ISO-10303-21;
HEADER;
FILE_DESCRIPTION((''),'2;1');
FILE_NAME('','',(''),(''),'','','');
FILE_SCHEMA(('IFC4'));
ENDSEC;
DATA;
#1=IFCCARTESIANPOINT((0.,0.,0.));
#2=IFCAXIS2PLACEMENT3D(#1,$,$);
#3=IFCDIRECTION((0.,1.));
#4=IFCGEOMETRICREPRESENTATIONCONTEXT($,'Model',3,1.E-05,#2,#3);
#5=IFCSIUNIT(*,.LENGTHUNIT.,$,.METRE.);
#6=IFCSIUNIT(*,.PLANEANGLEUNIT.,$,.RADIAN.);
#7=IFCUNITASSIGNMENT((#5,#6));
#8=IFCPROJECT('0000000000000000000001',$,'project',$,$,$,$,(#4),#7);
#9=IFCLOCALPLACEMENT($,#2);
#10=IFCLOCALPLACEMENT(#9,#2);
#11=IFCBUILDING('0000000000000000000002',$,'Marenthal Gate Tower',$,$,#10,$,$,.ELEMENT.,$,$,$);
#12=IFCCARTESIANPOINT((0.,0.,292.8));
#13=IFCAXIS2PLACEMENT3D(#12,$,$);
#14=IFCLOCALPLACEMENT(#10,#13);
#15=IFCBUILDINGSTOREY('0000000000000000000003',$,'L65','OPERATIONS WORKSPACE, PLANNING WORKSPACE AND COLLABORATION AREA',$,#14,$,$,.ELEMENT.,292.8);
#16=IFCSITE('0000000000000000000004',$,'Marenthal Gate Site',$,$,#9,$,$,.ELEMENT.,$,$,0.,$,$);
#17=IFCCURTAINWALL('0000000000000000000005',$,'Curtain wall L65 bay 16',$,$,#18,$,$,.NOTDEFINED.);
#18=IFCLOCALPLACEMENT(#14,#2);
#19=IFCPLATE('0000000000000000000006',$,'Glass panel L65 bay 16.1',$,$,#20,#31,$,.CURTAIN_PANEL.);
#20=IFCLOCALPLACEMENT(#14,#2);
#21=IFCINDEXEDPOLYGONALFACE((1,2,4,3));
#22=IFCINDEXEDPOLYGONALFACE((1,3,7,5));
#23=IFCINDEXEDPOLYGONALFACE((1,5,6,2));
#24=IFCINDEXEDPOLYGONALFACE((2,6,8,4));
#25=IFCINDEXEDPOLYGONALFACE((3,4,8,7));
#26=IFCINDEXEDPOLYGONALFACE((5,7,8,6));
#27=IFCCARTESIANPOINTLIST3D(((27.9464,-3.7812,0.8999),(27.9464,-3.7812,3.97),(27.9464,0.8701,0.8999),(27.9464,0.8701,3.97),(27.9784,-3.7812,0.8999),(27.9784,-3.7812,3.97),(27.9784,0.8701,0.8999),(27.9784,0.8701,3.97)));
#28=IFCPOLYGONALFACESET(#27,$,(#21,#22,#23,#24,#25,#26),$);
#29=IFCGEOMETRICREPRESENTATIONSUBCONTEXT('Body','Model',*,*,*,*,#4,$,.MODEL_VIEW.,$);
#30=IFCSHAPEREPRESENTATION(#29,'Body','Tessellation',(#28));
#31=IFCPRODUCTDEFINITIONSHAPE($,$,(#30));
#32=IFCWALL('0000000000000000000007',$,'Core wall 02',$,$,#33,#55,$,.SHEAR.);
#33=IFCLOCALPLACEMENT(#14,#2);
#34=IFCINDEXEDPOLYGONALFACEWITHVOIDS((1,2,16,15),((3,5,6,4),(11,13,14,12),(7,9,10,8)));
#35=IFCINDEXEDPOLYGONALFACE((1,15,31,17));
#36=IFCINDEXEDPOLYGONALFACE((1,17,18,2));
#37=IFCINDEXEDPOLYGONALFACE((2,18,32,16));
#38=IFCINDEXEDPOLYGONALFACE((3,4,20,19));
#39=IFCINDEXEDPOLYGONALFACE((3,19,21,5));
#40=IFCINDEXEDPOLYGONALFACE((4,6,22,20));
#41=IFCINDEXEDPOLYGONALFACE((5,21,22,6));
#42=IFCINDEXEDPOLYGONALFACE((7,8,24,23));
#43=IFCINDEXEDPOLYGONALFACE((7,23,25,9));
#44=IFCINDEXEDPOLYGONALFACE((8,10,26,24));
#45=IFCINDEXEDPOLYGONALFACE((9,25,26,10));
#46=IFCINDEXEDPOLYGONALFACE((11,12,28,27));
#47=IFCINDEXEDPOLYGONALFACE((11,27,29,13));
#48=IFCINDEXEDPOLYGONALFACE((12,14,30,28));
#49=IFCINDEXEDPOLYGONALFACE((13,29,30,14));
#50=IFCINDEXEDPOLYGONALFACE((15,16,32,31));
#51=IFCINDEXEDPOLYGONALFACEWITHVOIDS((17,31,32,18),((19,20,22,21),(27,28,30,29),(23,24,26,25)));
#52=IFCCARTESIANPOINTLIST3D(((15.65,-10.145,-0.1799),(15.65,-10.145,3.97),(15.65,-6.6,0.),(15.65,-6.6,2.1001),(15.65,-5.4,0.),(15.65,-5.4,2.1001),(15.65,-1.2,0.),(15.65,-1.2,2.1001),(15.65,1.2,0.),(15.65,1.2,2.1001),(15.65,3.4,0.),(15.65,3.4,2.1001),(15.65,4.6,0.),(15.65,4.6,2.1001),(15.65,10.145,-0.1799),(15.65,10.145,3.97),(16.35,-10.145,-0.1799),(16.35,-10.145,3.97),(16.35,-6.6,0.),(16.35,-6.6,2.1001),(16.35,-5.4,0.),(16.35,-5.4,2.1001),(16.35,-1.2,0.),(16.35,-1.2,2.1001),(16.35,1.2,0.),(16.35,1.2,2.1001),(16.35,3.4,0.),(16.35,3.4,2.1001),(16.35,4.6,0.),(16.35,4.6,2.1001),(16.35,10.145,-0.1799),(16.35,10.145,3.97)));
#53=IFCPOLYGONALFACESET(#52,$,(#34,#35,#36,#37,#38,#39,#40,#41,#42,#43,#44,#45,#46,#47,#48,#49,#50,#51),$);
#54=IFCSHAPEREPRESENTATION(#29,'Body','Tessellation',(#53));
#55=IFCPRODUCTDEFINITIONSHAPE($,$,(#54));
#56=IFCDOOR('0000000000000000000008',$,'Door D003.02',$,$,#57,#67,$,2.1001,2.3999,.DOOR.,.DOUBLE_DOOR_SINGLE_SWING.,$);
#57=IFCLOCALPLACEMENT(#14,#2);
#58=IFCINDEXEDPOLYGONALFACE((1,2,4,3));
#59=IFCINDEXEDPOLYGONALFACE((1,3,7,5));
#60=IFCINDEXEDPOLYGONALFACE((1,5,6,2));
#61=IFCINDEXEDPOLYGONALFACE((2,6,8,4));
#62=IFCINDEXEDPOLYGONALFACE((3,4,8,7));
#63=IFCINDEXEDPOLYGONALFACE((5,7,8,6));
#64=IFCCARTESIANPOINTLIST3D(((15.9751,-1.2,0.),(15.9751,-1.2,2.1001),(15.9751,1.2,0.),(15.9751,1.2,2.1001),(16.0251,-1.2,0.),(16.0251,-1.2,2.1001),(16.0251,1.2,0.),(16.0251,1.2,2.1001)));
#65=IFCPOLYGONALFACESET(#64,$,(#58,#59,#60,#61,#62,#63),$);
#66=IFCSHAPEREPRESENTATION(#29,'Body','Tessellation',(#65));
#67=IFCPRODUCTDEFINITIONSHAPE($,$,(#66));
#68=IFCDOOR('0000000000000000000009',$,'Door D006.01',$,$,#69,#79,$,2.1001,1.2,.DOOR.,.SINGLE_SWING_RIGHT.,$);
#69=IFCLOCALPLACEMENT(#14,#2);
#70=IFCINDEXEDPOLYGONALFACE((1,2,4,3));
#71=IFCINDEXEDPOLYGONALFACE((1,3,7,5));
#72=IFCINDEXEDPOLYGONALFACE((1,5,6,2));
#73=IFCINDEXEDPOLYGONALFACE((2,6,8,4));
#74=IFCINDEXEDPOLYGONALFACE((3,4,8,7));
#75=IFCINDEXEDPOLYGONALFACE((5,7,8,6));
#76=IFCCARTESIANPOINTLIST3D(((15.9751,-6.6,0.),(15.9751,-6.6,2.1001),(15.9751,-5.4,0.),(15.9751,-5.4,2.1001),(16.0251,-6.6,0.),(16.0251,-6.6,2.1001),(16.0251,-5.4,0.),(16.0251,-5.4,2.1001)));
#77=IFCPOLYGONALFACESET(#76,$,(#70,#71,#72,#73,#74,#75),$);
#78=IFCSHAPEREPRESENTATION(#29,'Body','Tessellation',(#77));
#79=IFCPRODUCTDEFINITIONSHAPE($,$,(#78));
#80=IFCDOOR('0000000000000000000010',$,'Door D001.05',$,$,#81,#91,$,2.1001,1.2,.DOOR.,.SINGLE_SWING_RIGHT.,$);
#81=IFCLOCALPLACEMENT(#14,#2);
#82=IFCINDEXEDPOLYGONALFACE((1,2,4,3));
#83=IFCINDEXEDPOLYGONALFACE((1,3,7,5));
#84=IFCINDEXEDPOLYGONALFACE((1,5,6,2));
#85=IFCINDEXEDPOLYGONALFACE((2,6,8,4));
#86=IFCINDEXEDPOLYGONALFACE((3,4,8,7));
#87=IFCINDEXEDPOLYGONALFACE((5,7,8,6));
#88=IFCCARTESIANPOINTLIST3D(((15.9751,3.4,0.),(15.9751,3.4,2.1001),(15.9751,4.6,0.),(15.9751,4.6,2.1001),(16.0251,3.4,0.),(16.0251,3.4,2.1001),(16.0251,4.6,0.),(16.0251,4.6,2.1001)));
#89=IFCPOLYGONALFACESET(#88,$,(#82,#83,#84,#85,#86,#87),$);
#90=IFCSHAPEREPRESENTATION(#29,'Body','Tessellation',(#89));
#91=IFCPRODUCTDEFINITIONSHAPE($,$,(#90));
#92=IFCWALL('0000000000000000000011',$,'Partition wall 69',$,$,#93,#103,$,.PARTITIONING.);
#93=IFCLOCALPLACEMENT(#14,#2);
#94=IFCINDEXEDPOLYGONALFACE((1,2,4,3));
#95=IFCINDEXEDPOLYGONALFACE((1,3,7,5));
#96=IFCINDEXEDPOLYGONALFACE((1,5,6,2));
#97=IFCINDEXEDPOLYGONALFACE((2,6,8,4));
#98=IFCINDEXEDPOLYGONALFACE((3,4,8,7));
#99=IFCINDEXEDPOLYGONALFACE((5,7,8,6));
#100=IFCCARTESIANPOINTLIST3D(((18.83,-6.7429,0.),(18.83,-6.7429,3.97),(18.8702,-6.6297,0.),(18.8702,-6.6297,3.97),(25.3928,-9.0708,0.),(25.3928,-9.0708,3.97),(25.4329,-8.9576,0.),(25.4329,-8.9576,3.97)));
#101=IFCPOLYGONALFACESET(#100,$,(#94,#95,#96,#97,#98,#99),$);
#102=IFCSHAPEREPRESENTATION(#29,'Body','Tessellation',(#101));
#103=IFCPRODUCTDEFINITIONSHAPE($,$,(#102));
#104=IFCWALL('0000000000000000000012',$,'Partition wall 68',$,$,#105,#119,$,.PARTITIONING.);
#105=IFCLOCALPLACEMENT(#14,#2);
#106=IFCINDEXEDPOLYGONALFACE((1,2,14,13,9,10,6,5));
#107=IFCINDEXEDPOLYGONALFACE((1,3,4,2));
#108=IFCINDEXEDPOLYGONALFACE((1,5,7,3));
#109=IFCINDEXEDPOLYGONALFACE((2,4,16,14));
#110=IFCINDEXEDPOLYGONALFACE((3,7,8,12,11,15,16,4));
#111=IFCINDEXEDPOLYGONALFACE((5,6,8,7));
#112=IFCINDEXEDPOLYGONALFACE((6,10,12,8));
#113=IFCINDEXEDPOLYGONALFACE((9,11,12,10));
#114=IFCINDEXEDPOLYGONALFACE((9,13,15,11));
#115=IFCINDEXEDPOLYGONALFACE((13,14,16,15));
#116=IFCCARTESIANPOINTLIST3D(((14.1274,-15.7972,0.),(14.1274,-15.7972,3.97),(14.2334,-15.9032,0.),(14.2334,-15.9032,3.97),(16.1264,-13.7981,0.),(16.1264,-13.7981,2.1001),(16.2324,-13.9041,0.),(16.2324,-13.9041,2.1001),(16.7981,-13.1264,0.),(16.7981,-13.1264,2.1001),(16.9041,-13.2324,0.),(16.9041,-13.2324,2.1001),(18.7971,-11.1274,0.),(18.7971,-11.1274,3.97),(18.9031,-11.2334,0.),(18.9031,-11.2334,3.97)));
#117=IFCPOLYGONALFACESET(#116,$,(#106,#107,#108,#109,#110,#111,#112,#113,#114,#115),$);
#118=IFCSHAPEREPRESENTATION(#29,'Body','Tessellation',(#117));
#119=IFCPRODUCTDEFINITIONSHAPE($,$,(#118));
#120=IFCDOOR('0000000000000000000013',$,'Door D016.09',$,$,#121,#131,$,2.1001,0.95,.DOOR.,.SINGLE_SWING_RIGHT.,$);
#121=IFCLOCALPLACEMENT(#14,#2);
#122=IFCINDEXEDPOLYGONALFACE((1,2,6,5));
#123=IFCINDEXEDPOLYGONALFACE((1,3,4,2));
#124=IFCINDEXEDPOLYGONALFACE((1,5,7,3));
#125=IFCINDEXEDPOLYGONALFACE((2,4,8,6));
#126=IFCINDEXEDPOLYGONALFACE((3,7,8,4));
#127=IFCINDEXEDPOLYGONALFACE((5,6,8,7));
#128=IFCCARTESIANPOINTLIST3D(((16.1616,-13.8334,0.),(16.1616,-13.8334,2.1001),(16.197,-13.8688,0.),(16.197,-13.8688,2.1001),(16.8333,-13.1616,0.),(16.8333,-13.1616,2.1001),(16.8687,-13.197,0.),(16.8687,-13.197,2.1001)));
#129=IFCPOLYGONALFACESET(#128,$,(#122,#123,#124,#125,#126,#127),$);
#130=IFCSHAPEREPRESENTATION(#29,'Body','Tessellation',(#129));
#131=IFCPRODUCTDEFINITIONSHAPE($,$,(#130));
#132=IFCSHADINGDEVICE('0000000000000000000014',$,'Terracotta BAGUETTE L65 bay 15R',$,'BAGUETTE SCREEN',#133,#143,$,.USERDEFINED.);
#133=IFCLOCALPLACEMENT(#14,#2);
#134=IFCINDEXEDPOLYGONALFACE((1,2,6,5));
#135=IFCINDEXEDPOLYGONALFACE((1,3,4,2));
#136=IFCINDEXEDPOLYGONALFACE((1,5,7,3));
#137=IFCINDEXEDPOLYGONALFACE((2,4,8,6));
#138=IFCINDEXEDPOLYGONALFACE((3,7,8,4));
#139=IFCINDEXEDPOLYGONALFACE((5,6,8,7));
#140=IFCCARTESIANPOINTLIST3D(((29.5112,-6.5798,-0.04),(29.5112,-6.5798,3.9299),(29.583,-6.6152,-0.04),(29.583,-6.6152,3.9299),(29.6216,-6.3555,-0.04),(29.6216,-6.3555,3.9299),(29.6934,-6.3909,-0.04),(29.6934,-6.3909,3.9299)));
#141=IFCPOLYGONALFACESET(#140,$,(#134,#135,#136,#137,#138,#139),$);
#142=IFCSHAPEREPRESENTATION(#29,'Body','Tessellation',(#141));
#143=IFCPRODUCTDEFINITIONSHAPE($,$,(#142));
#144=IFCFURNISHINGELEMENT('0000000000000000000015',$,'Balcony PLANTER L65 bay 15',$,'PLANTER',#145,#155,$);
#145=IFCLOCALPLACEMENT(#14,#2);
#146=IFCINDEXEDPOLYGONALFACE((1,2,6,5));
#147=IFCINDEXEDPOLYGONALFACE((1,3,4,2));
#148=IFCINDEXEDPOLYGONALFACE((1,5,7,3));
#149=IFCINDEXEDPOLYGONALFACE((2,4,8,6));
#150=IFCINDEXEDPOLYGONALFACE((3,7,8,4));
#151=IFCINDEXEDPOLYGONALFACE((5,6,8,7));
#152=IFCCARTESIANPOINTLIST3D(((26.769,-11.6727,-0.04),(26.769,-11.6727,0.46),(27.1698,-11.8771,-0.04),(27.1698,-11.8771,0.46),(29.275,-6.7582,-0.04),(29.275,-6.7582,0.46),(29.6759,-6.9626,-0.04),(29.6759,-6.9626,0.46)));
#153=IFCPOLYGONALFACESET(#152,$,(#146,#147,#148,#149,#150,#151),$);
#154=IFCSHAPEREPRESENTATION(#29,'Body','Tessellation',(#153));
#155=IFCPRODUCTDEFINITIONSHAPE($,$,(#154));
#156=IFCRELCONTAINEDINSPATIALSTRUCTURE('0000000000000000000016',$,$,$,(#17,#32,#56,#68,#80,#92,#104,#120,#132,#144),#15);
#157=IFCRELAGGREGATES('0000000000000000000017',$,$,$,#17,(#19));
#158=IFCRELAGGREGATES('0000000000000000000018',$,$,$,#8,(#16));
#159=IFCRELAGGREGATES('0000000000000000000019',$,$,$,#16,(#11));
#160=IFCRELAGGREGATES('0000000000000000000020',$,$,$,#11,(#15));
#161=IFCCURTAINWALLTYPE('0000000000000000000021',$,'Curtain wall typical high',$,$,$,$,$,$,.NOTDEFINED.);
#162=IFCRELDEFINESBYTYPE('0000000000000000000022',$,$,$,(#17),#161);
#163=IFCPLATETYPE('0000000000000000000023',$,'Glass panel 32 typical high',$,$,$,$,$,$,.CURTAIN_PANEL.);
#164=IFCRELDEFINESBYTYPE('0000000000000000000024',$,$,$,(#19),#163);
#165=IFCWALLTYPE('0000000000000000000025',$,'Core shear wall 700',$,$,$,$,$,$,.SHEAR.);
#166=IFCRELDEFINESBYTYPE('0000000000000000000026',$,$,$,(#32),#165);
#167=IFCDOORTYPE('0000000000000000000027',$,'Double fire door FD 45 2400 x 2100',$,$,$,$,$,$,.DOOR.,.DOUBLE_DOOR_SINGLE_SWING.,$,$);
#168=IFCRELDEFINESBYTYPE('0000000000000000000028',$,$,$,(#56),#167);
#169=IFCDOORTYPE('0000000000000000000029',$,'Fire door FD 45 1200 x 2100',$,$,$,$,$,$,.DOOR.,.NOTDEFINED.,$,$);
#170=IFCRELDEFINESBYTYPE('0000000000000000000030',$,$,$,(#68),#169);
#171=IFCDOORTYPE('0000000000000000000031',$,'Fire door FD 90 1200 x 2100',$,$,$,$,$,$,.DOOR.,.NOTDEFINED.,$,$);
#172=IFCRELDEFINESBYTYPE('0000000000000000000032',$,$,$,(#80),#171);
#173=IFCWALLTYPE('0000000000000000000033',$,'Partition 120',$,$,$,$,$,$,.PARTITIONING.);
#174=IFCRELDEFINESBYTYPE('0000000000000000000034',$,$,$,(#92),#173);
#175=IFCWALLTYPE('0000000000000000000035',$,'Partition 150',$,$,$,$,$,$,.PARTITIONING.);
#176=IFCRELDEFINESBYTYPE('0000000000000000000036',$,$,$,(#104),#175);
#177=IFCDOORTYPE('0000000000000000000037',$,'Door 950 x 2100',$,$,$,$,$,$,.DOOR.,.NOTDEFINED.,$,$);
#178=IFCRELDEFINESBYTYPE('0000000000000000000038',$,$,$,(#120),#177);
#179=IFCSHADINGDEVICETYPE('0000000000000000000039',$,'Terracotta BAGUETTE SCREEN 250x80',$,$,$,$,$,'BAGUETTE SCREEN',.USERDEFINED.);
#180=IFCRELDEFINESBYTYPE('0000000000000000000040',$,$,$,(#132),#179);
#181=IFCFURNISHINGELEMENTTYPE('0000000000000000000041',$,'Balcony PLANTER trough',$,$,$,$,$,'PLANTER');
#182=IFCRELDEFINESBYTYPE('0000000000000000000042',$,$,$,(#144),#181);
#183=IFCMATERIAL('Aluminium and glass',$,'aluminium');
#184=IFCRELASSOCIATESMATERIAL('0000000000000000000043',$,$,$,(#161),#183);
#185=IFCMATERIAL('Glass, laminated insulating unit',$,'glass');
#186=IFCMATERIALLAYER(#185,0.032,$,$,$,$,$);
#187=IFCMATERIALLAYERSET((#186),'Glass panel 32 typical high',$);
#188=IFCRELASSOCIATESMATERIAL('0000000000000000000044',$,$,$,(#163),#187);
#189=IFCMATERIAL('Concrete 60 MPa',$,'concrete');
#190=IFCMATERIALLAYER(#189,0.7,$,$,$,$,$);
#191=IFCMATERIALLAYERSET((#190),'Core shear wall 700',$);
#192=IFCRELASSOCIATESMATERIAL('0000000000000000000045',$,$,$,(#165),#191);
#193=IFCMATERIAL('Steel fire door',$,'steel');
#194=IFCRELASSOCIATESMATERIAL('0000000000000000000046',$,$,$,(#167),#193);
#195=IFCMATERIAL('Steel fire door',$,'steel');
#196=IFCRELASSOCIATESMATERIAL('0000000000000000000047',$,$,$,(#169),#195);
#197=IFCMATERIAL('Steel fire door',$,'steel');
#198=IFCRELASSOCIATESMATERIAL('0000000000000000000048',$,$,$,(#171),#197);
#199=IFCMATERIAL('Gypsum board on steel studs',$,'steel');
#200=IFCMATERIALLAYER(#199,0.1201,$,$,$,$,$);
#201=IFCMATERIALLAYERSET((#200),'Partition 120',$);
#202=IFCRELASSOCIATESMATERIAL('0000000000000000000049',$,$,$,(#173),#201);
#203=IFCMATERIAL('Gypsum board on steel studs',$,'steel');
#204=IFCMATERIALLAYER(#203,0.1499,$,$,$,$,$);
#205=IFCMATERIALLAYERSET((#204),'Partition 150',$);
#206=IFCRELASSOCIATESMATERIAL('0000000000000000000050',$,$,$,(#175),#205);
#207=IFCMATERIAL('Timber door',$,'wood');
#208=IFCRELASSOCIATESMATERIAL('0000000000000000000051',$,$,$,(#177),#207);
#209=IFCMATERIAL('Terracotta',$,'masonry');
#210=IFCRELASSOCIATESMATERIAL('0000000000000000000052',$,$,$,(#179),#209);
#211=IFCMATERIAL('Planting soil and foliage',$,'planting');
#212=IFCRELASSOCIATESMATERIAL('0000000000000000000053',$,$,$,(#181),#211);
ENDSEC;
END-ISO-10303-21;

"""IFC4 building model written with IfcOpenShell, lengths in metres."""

from ifc_helpers import new_model, si_unit, direction, frame, frame_2d, origin, origin_2d, place, context, subcontext, project, spatial, rectangle, extrude, material, layer, layer_set, material_profile, profile_set, type_object, element, fill, aggregate, save


model = new_model("IFC4")

# Units and contexts
model_context = context("Model", 3, precision=1e-05, world=origin(), true_north=direction((0.0, 1.0)))
body_context = subcontext(model_context, "Body", "Model", "MODEL_VIEW")
ifc_project = project(units=[si_unit("LENGTHUNIT", "METRE"), si_unit("PLANEANGLEUNIT", "RADIAN")], contexts=[model_context])

# Site, building, storey
site_placement = place(None, origin())
site = spatial("IfcSite", under=ifc_project, at=site_placement, Name="Marenthal Gate Site", CompositionType="ELEMENT", RefElevation=0.0)
building_placement = place(site_placement, origin())
building = spatial("IfcBuilding", under=site, at=building_placement, Name="Marenthal Gate Tower", CompositionType="ELEMENT")
storey_placement = place(building_placement, frame((0.0, 0.0, 292.8)))
storey = spatial("IfcBuildingStorey", under=building, at=storey_placement, Name="L65", Description="OPERATIONS WORKSPACE, PLANNING WORKSPACE AND COLLABORATION AREA", CompositionType="ELEMENT", Elevation=292.8)

# Curtain wall
ifc_material_1 = material(Name="Aluminium and glass", Category="aluminium")
curtain_wall_type = type_object("IfcCurtainWallType", Name="Curtain wall typical high", PredefinedType="NOTDEFINED", material=ifc_material_1)
curtain_wall_placement = place(storey_placement, origin())
curtain_wall = element("IfcCurtainWall", 1, at=curtain_wall_placement, inside=storey, type_object=curtain_wall_type, Name="Curtain wall L65 bay 16", PredefinedType="NOTDEFINED")

# Plate
ifc_material_2 = material(Name="Glass, laminated insulating unit", Category="glass")
ifc_layer_1 = layer(ifc_material_2, 0.032)
ifc_layer_set_1 = layer_set([ifc_layer_1], Name="Glass panel 32 typical high")
plate_type = type_object("IfcPlateType", Name="Glass panel 32 typical high", PredefinedType="CURTAIN_PANEL", material=ifc_layer_set_1)
plate_placement = place(storey_placement, frame((27.9624, -1.4556, 0.8999), z_axis=(0.0, 0.0, 1.0), x_axis=(0.0, 1.0, 0.0)))
plate = element("IfcPlate", 2, at=plate_placement, type_object=plate_type, Name="Glass panel L65 bay 16.1", PredefinedType="CURTAIN_PANEL", context=body_context, shape_type="SweptSolid", body=[
    extrude(rectangle(XDim=4.6514, YDim=0.032, at=origin_2d()), origin(), (0.0, 0.0, 1.0), 3.0701),
])
aggregate(curtain_wall, [plate])

# Wall, openings, doors
ifc_material_3 = material(Name="Concrete 60 MPa", Category="concrete")
ifc_layer_2 = layer(ifc_material_3, 0.7)
ifc_layer_set_2 = layer_set([ifc_layer_2], Name="Core shear wall 700")
wall_type_1 = type_object("IfcWallType", Name="Core shear wall 700", PredefinedType="SHEAR", material=ifc_layer_set_2)
wall_1_placement = place(storey_placement, frame((16.0, -10.145, -0.1799), z_axis=(0.0, 0.0, 1.0), x_axis=(0.0, 1.0, 0.0)))
wall_1 = element("IfcWall", 3, at=wall_1_placement, inside=storey, type_object=wall_type_1, Name="Core wall 02", PredefinedType="SHEAR", context=body_context, shape_type="SweptSolid", body=[
    extrude(rectangle(XDim=20.29, YDim=0.7, at=frame_2d((10.145, 0.0))), origin(), (0.0, 0.0, 1.0), 4.1499),
])
opening_1_placement = place(wall_1_placement, frame((8.9451, 0.0, 0.1799)))
opening_1 = element("IfcOpeningElement", 4, at=opening_1_placement, cuts=wall_1, PredefinedType="OPENING", context=body_context, shape_type="SweptSolid", body=[
    extrude(rectangle(XDim=2.3999, YDim=2.1001, at=frame_2d((1.2, 1.05))), frame((0.0, 0.3599, 0.0), z_axis=(0.0, -1.0, 0.0), x_axis=(1.0, 0.0, 0.0)), (0.0, 0.0, 1.0), 0.72),
])
opening_2_placement = place(wall_1_placement, frame((13.5449, 0.0, 0.1799)))
opening_2 = element("IfcOpeningElement", 5, at=opening_2_placement, cuts=wall_1, PredefinedType="OPENING", context=body_context, shape_type="SweptSolid", body=[
    extrude(rectangle(XDim=1.2, YDim=2.1001, at=frame_2d((0.6001, 1.05))), frame((0.0, 0.3599, 0.0), z_axis=(0.0, -1.0, 0.0), x_axis=(1.0, 0.0, 0.0)), (0.0, 0.0, 1.0), 0.72),
])
opening_3_placement = place(wall_1_placement, frame((3.5449, 0.0, 0.1799)))
opening_3 = element("IfcOpeningElement", 6, at=opening_3_placement, cuts=wall_1, PredefinedType="OPENING", context=body_context, shape_type="SweptSolid", body=[
    extrude(rectangle(XDim=1.2, YDim=2.1001, at=frame_2d((0.6001, 1.05))), frame((0.0, 0.3599, 0.0), z_axis=(0.0, -1.0, 0.0), x_axis=(1.0, 0.0, 0.0)), (0.0, 0.0, 1.0), 0.72),
])
ifc_material_4 = material(Name="Steel fire door", Category="steel")
door_type_1 = type_object("IfcDoorType", Name="Double fire door FD 45 2400 x 2100", OperationType="DOUBLE_DOOR_SINGLE_SWING", PredefinedType="DOOR", material=ifc_material_4)
door_1_placement = place(opening_1_placement, origin())
door_1 = element("IfcDoor", 7, at=door_1_placement, inside=storey, type_object=door_type_1, Name="Door D003.02", OperationType="DOUBLE_DOOR_SINGLE_SWING", OverallHeight=2.1001, OverallWidth=2.3999, PredefinedType="DOOR", context=body_context, shape_type="SweptSolid", body=[
    extrude(rectangle(XDim=2.3999, YDim=2.1001, at=frame_2d((1.2, 1.05))), frame((0.0, 0.0249, 0.0), z_axis=(0.0, -1.0, 0.0), x_axis=(1.0, 0.0, 0.0)), (0.0, 0.0, 1.0), 0.05),
])
fill(opening_1, door_1)
ifc_material_5 = material(Name="Steel fire door", Category="steel")
door_type_2 = type_object("IfcDoorType", Name="Fire door FD 45 1200 x 2100", OperationType="NOTDEFINED", PredefinedType="DOOR", material=ifc_material_5)
door_2_placement = place(opening_3_placement, origin())
door_2 = element("IfcDoor", 8, at=door_2_placement, inside=storey, type_object=door_type_2, Name="Door D006.01", OperationType="SINGLE_SWING_RIGHT", OverallHeight=2.1001, OverallWidth=1.2, PredefinedType="DOOR", context=body_context, shape_type="SweptSolid", body=[
    extrude(rectangle(XDim=1.2, YDim=2.1001, at=frame_2d((0.6001, 1.05))), frame((0.0, 0.0249, 0.0), z_axis=(0.0, -1.0, 0.0), x_axis=(1.0, 0.0, 0.0)), (0.0, 0.0, 1.0), 0.05),
])
fill(opening_3, door_2)
ifc_material_6 = material(Name="Steel fire door", Category="steel")
door_type_3 = type_object("IfcDoorType", Name="Fire door FD 90 1200 x 2100", OperationType="NOTDEFINED", PredefinedType="DOOR", material=ifc_material_6)
door_3_placement = place(opening_2_placement, origin())
door_3 = element("IfcDoor", 9, at=door_3_placement, inside=storey, type_object=door_type_3, Name="Door D001.05", OperationType="SINGLE_SWING_RIGHT", OverallHeight=2.1001, OverallWidth=1.2, PredefinedType="DOOR", context=body_context, shape_type="SweptSolid", body=[
    extrude(rectangle(XDim=1.2, YDim=2.1001, at=frame_2d((0.6001, 1.05))), frame((0.0, 0.0249, 0.0), z_axis=(0.0, -1.0, 0.0), x_axis=(1.0, 0.0, 0.0)), (0.0, 0.0, 1.0), 0.05),
])
fill(opening_2, door_3)

# Wall
ifc_material_7 = material(Name="Gypsum board on steel studs", Category="steel")
ifc_layer_3 = layer(ifc_material_7, 0.1201)
ifc_layer_set_3 = layer_set([ifc_layer_3], Name="Partition 120")
wall_type_2 = type_object("IfcWallType", Name="Partition 120", PredefinedType="PARTITIONING", material=ifc_layer_set_3)
wall_2_placement = place(storey_placement, frame((18.8501, -6.6863, 0.0), z_axis=(0.0, 0.0, 1.0), x_axis=(0.942466, -0.334303, 0.0)))
element("IfcWall", 10, at=wall_2_placement, inside=storey, type_object=wall_type_2, Name="Partition wall 69", PredefinedType="PARTITIONING", context=body_context, shape_type="SweptSolid", body=[
    extrude(rectangle(XDim=6.9634, YDim=0.1201, at=frame_2d((3.4817, 0.0))), origin(), (0.0, 0.0, 1.0), 3.97),
])

# Wall, opening, door
ifc_material_8 = material(Name="Gypsum board on steel studs", Category="steel")
ifc_layer_4 = layer(ifc_material_8, 0.1499)
ifc_layer_set_4 = layer_set([ifc_layer_4], Name="Partition 150")
wall_type_3 = type_object("IfcWallType", Name="Partition 150", PredefinedType="PARTITIONING", material=ifc_layer_set_4)
wall_3_placement = place(storey_placement, frame((18.8501, -11.1804, 0.0), z_axis=(0.0, 0.0, 1.0), x_axis=(-0.707107, -0.707107, 0.0)))
wall_3 = element("IfcWall", 11, at=wall_3_placement, inside=storey, type_object=wall_type_3, Name="Partition wall 68", PredefinedType="PARTITIONING", context=body_context, shape_type="SweptSolid", body=[
    extrude(rectangle(XDim=6.604, YDim=0.1499, at=frame_2d((3.302, 0.0))), origin(), (0.0, 0.0, 1.0), 3.97),
])
opening_4_placement = place(wall_3_placement, frame((2.8269, 0.0, 0.0)))
opening_4 = element("IfcOpeningElement", 12, at=opening_4_placement, cuts=wall_3, PredefinedType="OPENING", context=body_context, shape_type="SweptSolid", body=[
    extrude(rectangle(XDim=0.95, YDim=2.1001, at=frame_2d((0.4751, 1.05))), frame((0.0, 0.085, 0.0), z_axis=(0.0, -1.0, 0.0), x_axis=(1.0, 0.0, 0.0)), (0.0, 0.0, 1.0), 0.1699),
])
ifc_material_9 = material(Name="Timber door", Category="wood")
door_type_4 = type_object("IfcDoorType", Name="Door 950 x 2100", OperationType="NOTDEFINED", PredefinedType="DOOR", material=ifc_material_9)
door_4_placement = place(opening_4_placement, origin())
door_4 = element("IfcDoor", 13, at=door_4_placement, inside=storey, type_object=door_type_4, Name="Door D016.09", OperationType="SINGLE_SWING_RIGHT", OverallHeight=2.1001, OverallWidth=0.95, PredefinedType="DOOR", context=body_context, shape_type="SweptSolid", body=[
    extrude(rectangle(XDim=0.95, YDim=2.1001, at=frame_2d((0.4751, 1.05))), frame((0.0, 0.0249, 0.0), z_axis=(0.0, -1.0, 0.0), x_axis=(1.0, 0.0, 0.0)), (0.0, 0.0, 1.0), 0.05),
])
fill(opening_4, door_4)

# Shading device
ifc_material_10 = material(Name="Terracotta", Category="masonry")
ifc_material_profile_1 = material_profile(ifc_material_10, rectangle(XDim=0.25, YDim=0.0801, at=origin_2d()), Name="Terracotta baguette 250x80")
ifc_profile_set_1 = profile_set([ifc_material_profile_1], Name="Terracotta")
shading_device_type = type_object("IfcShadingDeviceType", Name="Terracotta BAGUETTE SCREEN 250x80", ElementType="BAGUETTE SCREEN", PredefinedType="USERDEFINED", material=ifc_profile_set_1)
shading_device_placement = place(storey_placement, frame((29.6023, -6.4854, -0.04), z_axis=(0.0, 0.0, 1.0), x_axis=(0.441711, 0.897157, 0.0)))
element("IfcShadingDevice", 14, at=shading_device_placement, inside=storey, type_object=shading_device_type, Name="Terracotta BAGUETTE L65 bay 15R", ObjectType="BAGUETTE SCREEN", PredefinedType="USERDEFINED", context=body_context, shape_type="SweptSolid", body=[
    extrude(rectangle(XDim=0.25, YDim=0.0801, at=origin_2d()), origin(), (0.0, 0.0, 1.0), 3.97),
])

# Furnishing element
ifc_material_11 = material(Name="Planting soil and foliage", Category="planting")
furnishing_element_type = type_object("IfcFurnishingElementType", Name="Balcony PLANTER trough", ElementType="PLANTER", material=ifc_material_11)
furnishing_placement = place(storey_placement, frame((28.2224, -9.3176, -0.04), z_axis=(0.0, 0.0, 1.0), x_axis=(0.454273, 0.890862, 0.0)))
element("IfcFurnishingElement", 15, at=furnishing_placement, inside=storey, type_object=furnishing_element_type, Name="Balcony PLANTER L65 bay 15", ObjectType="PLANTER", context=body_context, shape_type="SweptSolid", body=[
    extrude(rectangle(XDim=5.5166, YDim=0.45, at=origin_2d()), origin(), (0.0, 0.0, 1.0), 0.5),
])

save(model, "model.ifc")
